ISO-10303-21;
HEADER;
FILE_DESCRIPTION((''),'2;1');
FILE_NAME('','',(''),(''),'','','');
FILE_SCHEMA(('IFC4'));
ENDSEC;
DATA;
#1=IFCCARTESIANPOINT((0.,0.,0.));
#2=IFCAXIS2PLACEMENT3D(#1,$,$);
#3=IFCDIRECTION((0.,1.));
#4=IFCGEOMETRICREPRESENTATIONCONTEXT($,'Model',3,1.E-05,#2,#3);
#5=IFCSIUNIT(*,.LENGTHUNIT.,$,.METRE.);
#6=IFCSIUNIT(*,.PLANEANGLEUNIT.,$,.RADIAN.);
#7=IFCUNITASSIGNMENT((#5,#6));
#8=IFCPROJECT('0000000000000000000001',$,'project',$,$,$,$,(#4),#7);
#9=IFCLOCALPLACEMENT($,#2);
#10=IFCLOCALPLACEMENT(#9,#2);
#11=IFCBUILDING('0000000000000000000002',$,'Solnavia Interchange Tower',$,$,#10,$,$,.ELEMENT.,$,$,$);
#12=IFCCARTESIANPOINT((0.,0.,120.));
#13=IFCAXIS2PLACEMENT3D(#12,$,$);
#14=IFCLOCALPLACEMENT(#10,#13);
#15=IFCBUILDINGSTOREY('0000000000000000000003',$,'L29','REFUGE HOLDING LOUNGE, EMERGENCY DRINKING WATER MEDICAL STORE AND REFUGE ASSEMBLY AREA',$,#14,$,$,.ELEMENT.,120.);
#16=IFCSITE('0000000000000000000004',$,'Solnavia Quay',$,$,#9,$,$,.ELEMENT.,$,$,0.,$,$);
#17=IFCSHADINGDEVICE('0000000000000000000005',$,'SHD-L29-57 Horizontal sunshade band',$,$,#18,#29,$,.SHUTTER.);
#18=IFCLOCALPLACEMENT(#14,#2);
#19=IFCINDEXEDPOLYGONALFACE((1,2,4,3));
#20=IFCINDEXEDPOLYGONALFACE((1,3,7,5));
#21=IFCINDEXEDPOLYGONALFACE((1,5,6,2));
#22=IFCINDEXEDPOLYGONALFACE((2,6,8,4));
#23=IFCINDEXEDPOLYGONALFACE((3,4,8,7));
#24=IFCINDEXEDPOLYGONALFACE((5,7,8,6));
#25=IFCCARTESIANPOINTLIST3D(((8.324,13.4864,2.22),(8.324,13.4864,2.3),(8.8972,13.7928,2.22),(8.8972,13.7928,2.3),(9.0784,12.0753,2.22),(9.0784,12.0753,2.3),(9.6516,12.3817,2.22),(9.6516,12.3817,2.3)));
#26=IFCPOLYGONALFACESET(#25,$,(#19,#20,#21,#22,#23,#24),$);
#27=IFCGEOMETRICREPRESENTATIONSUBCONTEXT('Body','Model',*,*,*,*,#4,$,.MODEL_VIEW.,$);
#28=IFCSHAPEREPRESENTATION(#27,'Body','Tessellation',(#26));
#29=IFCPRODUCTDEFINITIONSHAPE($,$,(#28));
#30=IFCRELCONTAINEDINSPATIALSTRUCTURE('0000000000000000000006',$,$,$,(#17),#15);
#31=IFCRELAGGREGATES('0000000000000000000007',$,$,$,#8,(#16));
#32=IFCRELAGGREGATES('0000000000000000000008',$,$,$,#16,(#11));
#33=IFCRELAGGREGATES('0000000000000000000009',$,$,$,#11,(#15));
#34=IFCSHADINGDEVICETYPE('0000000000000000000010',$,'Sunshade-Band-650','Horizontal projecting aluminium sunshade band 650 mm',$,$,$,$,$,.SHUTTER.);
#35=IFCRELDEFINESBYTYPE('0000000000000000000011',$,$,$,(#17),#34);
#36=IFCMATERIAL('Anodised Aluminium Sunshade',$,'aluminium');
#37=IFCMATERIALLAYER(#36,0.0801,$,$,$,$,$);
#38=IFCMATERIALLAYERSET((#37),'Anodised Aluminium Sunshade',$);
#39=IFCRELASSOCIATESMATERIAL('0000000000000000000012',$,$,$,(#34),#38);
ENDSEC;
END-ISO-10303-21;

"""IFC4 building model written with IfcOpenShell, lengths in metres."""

from ifc_helpers import new_model, si_unit, direction, frame, origin, origin_2d, place, context, subcontext, project, spatial, rectangle, extrude, material, layer, layer_set, type_object, element, save


model = new_model("IFC4")

# Units and contexts
model_context = context("Model", 3, precision=1e-05, world=origin(), true_north=direction((0.0, 1.0)))
body_context = subcontext(model_context, "Body", "Model", "MODEL_VIEW")
ifc_project = project(units=[si_unit("LENGTHUNIT", "METRE"), si_unit("PLANEANGLEUNIT", "RADIAN")], contexts=[model_context])

# Site, building, storey
site_placement = place(None, origin())
site = spatial("IfcSite", under=ifc_project, at=site_placement, Name="Solnavia Quay", CompositionType="ELEMENT", RefElevation=0.0)
building_placement = place(site_placement, origin())
building = spatial("IfcBuilding", under=site, at=building_placement, Name="Solnavia Interchange Tower", CompositionType="ELEMENT")
storey_placement = place(building_placement, frame((0.0, 0.0, 120.0)))
storey = spatial("IfcBuildingStorey", under=building, at=storey_placement, Name="L29", Description="REFUGE HOLDING LOUNGE, EMERGENCY DRINKING WATER MEDICAL STORE AND REFUGE ASSEMBLY AREA", CompositionType="ELEMENT", Elevation=120.0)

# Shading device
ifc_material_1 = material(Name="Anodised Aluminium Sunshade", Category="aluminium")
ifc_layer_1 = layer(ifc_material_1, 0.0801)
ifc_layer_set_1 = layer_set([ifc_layer_1], Name="Anodised Aluminium Sunshade")
shading_device_type = type_object("IfcShadingDeviceType", Name="Sunshade-Band-650", Description="Horizontal projecting aluminium sunshade band 650 mm", PredefinedType="SHUTTER", material=ifc_layer_set_1)
for number, where, z_axis, x_axis, name in (
    (1, (8.9878, 12.9341, 2.22), (0.0, 0.0, 1.0), (-0.471474, 0.88188, 0.0), "SHD-L29-57 Horizontal sunshade band"),
):
    element("IfcShadingDevice", number, at=place(storey_placement, frame(where, z_axis=z_axis, x_axis=x_axis)), inside=storey, type_object=shading_device_type, Name=name, PredefinedType="SHUTTER", context=body_context, shape_type="SweptSolid", body=[
        extrude(rectangle(XDim=1.6001, YDim=0.6499, at=origin_2d()), origin(), (0.0, 0.0, 1.0), 0.0801),
    ])

save(model, "model.ifc")
